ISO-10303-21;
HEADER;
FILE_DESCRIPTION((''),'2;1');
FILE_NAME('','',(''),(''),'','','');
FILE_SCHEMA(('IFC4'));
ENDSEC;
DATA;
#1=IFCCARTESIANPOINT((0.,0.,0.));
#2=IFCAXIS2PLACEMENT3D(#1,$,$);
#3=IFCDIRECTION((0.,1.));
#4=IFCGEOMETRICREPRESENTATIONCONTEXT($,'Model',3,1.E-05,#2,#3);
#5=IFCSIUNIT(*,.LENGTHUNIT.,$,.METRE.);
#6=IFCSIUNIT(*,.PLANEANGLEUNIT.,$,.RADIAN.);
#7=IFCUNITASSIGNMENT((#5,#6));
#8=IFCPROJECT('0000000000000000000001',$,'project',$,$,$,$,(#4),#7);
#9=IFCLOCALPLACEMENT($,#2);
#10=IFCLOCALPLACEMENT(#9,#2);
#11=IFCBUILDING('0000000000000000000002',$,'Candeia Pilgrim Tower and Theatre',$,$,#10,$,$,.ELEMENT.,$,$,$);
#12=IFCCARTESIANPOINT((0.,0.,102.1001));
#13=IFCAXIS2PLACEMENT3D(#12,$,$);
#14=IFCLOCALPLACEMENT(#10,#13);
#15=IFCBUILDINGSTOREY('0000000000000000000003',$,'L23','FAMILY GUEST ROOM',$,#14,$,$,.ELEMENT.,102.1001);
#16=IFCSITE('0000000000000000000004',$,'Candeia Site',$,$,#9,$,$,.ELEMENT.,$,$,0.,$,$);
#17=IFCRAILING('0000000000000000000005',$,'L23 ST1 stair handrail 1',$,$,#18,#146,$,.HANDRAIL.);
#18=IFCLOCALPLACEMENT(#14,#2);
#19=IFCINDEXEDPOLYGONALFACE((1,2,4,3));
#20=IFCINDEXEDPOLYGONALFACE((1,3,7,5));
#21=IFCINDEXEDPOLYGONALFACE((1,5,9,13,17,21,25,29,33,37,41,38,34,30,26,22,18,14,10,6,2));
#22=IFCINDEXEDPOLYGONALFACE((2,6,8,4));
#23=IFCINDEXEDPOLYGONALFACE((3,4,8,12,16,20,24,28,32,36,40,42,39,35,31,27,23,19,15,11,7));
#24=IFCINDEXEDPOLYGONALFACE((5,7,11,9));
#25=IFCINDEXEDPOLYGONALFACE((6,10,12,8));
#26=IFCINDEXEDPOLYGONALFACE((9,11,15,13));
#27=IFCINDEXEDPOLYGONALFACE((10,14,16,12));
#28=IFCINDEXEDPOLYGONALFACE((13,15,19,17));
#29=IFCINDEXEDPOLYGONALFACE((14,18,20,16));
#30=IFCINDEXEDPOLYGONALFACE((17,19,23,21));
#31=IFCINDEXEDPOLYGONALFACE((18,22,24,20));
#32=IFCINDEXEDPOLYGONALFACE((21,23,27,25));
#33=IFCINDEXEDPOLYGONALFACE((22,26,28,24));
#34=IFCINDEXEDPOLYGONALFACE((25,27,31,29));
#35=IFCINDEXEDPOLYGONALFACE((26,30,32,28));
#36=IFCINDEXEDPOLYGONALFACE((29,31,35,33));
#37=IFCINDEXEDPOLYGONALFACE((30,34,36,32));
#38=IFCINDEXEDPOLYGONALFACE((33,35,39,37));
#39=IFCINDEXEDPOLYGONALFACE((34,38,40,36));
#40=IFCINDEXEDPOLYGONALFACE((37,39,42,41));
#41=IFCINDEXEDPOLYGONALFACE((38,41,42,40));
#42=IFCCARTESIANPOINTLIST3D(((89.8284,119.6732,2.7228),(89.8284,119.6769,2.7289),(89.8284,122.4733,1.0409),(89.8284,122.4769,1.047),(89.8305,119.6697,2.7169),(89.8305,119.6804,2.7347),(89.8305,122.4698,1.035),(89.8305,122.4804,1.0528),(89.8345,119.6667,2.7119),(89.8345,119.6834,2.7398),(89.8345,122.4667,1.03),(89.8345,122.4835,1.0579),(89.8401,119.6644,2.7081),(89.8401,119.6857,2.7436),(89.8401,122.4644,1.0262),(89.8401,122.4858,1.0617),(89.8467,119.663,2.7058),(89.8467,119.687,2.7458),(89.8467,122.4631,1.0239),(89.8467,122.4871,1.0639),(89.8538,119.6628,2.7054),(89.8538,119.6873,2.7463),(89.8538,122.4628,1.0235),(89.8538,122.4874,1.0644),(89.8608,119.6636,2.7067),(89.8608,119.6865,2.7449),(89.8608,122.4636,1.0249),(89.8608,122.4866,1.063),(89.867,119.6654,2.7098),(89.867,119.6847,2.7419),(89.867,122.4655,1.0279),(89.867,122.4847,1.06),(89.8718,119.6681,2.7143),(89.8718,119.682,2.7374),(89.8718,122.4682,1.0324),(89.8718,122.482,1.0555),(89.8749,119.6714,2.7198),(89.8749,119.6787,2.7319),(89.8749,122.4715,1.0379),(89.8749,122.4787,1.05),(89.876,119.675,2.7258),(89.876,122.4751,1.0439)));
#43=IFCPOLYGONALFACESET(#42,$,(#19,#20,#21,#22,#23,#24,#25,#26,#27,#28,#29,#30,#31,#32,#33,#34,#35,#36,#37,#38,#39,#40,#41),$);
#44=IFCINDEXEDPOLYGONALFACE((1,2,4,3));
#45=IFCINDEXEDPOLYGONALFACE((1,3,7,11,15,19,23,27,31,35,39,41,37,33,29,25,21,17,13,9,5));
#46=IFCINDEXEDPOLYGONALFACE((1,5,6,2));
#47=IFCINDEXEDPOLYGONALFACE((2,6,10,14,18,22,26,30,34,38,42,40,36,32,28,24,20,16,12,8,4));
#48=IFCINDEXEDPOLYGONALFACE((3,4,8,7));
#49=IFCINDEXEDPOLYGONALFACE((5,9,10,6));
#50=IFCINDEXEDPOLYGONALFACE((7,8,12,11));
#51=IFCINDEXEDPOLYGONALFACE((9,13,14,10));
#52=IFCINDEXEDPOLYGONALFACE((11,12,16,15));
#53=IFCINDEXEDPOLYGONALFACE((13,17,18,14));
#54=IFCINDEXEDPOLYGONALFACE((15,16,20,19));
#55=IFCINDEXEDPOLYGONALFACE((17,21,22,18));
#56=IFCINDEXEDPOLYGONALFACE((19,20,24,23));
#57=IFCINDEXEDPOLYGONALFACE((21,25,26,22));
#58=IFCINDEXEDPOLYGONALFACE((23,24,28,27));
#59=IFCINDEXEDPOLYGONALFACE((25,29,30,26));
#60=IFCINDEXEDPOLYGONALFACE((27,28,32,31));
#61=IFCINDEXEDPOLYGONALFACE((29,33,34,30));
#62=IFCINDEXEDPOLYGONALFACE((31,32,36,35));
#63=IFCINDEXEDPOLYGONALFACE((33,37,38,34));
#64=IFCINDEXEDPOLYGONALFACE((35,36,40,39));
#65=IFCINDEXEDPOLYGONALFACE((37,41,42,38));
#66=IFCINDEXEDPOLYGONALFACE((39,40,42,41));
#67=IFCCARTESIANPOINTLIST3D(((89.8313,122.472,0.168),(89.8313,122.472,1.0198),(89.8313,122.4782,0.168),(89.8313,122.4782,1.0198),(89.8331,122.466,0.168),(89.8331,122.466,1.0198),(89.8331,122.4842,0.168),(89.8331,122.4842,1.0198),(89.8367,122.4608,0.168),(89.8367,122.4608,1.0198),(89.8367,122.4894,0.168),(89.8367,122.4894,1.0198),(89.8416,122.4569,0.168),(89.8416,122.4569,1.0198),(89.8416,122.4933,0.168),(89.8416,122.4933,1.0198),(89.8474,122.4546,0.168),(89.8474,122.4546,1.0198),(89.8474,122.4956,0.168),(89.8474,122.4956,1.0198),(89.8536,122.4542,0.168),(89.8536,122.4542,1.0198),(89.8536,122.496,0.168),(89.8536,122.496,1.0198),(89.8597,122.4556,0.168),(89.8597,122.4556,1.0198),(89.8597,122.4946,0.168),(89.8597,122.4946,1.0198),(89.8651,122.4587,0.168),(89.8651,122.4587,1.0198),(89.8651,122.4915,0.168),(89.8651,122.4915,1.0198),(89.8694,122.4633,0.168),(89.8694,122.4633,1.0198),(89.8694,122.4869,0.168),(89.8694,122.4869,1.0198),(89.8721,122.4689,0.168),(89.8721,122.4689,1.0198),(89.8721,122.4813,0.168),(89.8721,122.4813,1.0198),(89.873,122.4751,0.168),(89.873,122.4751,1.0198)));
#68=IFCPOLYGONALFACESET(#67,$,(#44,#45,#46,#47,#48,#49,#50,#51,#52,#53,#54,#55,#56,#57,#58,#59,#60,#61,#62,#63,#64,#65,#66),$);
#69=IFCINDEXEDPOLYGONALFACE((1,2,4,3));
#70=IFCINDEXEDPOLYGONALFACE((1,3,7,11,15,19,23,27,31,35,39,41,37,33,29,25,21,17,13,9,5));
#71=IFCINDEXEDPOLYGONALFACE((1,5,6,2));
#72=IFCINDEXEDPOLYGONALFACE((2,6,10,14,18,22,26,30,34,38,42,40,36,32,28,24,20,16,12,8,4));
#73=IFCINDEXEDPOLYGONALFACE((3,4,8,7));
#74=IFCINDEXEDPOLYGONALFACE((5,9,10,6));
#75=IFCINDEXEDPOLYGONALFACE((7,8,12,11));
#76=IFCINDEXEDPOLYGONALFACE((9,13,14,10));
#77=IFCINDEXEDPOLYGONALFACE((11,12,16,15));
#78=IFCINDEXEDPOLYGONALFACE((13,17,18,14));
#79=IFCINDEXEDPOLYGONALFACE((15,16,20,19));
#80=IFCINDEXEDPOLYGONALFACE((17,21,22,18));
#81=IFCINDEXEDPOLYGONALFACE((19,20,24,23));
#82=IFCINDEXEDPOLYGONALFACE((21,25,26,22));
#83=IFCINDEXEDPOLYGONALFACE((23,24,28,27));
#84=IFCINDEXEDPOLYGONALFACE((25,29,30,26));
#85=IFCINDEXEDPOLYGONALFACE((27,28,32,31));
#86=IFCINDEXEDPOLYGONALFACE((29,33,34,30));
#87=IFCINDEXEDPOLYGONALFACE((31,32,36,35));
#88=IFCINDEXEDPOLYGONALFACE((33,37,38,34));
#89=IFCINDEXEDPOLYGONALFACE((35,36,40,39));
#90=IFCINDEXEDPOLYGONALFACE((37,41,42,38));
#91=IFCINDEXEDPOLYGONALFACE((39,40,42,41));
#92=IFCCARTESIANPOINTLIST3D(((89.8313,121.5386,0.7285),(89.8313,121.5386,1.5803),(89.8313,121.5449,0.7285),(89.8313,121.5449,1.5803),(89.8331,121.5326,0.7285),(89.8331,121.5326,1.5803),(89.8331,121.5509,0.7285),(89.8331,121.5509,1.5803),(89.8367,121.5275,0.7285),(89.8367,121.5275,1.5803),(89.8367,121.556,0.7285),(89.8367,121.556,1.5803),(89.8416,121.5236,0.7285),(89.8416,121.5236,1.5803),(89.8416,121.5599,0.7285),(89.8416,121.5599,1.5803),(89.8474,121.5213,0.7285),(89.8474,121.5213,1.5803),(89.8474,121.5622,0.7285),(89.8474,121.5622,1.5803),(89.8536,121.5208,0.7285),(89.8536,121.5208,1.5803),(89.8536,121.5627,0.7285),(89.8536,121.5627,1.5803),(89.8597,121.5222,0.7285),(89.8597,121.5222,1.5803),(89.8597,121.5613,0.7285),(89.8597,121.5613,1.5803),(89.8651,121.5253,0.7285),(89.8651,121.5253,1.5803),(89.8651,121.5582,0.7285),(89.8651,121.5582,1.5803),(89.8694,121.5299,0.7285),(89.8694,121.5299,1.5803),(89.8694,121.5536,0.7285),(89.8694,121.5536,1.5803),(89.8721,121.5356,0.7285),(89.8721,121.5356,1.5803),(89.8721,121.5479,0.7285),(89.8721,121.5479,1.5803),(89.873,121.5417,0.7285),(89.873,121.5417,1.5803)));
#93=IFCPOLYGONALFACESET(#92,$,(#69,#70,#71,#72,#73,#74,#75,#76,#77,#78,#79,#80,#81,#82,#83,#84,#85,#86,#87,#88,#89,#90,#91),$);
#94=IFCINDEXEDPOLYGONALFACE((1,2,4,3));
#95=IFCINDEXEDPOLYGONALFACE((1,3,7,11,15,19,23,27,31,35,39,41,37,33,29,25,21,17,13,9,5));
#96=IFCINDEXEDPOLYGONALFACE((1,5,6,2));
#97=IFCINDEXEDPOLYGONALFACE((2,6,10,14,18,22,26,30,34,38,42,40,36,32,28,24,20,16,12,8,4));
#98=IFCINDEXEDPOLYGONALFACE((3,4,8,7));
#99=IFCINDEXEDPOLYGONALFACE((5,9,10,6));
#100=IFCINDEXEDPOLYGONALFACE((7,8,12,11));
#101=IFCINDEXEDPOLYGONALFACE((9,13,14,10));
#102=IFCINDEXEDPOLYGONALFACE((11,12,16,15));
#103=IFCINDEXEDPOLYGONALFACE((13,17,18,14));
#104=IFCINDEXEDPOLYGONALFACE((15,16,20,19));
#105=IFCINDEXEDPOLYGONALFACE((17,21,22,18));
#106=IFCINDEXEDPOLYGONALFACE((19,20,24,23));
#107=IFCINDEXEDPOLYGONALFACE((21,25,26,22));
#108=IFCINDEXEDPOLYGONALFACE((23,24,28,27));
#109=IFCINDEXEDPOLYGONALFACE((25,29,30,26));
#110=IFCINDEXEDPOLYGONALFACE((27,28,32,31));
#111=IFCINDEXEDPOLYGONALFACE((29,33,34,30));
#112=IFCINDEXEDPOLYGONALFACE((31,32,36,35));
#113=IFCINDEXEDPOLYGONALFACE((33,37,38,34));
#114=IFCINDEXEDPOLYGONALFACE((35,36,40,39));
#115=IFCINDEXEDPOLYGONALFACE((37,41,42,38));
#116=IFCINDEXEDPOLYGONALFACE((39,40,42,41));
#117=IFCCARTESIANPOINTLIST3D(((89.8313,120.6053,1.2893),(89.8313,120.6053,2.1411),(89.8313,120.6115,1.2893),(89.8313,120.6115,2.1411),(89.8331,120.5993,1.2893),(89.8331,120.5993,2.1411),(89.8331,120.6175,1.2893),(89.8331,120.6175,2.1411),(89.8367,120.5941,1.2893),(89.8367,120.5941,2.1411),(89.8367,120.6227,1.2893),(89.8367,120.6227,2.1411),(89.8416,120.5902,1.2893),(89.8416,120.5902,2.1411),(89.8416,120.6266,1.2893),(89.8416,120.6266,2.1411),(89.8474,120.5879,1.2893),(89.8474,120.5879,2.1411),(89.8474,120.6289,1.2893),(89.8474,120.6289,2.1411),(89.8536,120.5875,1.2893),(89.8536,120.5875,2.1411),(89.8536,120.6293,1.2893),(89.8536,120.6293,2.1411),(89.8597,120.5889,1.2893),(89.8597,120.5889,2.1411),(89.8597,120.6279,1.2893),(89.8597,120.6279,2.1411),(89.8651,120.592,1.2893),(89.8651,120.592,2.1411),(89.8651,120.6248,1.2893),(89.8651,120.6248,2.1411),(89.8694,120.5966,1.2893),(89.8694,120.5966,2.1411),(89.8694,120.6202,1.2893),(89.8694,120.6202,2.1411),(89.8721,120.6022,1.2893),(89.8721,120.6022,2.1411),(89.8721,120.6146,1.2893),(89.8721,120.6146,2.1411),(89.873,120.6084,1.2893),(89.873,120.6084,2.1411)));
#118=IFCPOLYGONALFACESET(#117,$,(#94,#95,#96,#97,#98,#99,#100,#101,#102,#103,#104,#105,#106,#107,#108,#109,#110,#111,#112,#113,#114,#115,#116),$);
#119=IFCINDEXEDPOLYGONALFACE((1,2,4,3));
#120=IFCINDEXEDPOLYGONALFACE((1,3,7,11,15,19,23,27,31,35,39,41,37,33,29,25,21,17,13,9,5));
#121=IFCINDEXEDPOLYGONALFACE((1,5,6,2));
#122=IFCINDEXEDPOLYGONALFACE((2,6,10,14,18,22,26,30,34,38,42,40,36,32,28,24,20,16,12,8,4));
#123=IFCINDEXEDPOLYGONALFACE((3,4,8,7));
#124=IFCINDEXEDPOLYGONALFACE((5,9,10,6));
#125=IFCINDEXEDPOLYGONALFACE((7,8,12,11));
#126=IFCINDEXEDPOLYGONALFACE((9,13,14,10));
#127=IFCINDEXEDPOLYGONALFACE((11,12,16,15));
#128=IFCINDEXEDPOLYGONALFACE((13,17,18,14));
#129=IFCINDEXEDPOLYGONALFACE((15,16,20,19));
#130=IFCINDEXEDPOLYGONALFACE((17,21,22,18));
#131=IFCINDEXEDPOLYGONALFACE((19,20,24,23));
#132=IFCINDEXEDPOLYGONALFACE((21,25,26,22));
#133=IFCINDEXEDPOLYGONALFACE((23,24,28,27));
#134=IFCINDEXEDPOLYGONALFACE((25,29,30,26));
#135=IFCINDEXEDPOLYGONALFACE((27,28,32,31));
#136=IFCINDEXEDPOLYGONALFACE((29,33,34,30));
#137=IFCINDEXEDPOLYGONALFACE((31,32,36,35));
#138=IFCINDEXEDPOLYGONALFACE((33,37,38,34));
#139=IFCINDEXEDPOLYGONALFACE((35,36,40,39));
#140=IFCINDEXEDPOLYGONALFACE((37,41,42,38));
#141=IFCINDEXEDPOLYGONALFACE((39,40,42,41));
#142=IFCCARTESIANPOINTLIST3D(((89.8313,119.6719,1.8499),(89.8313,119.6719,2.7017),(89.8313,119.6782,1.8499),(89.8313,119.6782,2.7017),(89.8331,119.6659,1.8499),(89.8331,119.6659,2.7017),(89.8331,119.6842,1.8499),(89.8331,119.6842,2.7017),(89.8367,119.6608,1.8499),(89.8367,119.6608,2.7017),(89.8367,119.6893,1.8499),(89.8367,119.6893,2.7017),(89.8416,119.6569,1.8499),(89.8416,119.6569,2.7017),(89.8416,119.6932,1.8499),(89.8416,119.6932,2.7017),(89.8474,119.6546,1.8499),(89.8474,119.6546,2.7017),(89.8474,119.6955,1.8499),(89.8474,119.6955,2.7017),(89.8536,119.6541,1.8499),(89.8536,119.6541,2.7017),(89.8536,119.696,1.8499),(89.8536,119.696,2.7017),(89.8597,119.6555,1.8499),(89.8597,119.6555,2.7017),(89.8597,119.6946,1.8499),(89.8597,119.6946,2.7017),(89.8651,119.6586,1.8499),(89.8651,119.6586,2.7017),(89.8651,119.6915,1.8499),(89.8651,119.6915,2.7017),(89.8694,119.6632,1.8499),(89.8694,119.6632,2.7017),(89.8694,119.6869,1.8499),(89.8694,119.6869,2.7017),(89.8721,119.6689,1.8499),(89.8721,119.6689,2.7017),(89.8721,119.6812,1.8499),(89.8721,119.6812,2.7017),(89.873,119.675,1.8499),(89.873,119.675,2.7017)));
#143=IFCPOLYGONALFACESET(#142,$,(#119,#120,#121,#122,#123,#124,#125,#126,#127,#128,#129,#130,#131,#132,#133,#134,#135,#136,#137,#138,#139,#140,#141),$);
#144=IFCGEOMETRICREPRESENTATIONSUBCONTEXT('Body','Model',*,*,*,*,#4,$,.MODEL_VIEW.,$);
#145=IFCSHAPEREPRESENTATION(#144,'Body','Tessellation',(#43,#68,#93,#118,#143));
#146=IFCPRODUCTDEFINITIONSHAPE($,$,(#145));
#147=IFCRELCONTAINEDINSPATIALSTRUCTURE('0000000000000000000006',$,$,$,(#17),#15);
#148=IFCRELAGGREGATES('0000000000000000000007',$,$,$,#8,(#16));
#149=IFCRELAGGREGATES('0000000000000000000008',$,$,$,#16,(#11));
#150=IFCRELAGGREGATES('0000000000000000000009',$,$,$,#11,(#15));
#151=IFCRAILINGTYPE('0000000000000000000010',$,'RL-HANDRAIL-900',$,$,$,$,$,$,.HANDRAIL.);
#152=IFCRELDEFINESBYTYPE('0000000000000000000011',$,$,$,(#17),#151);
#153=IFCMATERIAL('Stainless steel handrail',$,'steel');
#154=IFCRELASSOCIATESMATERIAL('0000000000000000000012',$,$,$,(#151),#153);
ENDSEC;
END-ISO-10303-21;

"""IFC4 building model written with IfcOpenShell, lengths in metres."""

from ifc_helpers import new_model, si_unit, direction, frame, origin, origin_2d, place, context, subcontext, project, spatial, circle, extrude, material, type_object, element, save


model = new_model("IFC4")

# Units and contexts
model_context = context("Model", 3, precision=1e-05, world=origin(), true_north=direction((0.0, 1.0)))
body_context = subcontext(model_context, "Body", "Model", "MODEL_VIEW")
ifc_project = project(units=[si_unit("LENGTHUNIT", "METRE"), si_unit("PLANEANGLEUNIT", "RADIAN")], contexts=[model_context])

# Site, building, storey
site_placement = place(None, origin())
site = spatial("IfcSite", under=ifc_project, at=site_placement, Name="Candeia Site", CompositionType="ELEMENT", RefElevation=0.0)
building_placement = place(site_placement, origin())
building = spatial("IfcBuilding", under=site, at=building_placement, Name="Candeia Pilgrim Tower and Theatre", CompositionType="ELEMENT")
storey_placement = place(building_placement, frame((0.0, 0.0, 102.1001)))
storey = spatial("IfcBuildingStorey", under=building, at=storey_placement, Name="L23", Description="FAMILY GUEST ROOM", CompositionType="ELEMENT", Elevation=102.1001)

# Railing
ifc_material_1 = material(Name="Stainless steel handrail", Category="steel")
railing_type_1 = type_object("IfcRailingType", Name="RL-HANDRAIL-900", PredefinedType="HANDRAIL", material=ifc_material_1)
railing_1_placement = place(storey_placement, frame((89.8521, 122.4751, 0.168)))
element("IfcRailing", 1, at=railing_1_placement, inside=storey, type_object=railing_type_1, Name="L23 ST1 stair handrail 1", PredefinedType="HANDRAIL", context=body_context, shape_type="SweptSolid", body=[
    extrude(circle(Radius=0.0239, at=origin_2d()), frame((0.0, 0.0, 0.876), z_axis=(0.0, -0.857242, 0.514913), x_axis=(1.0, 0.0, 0.0)), (0.0, 0.0, 1.0), 3.2664),
    extrude(circle(Radius=0.021, at=origin_2d()), origin(), (0.0, 0.0, 1.0), 0.8518),
    extrude(circle(Radius=0.021, at=origin_2d()), frame((0.0, -0.9333, 0.5605)), (0.0, 0.0, 1.0), 0.8518),
    extrude(circle(Radius=0.021, at=origin_2d()), frame((0.0, -1.8667, 1.1213)), (0.0, 0.0, 1.0), 0.8518),
    extrude(circle(Radius=0.021, at=origin_2d()), frame((0.0, -2.8, 1.6819)), (0.0, 0.0, 1.0), 0.8518),
])

save(model, "model.ifc")
